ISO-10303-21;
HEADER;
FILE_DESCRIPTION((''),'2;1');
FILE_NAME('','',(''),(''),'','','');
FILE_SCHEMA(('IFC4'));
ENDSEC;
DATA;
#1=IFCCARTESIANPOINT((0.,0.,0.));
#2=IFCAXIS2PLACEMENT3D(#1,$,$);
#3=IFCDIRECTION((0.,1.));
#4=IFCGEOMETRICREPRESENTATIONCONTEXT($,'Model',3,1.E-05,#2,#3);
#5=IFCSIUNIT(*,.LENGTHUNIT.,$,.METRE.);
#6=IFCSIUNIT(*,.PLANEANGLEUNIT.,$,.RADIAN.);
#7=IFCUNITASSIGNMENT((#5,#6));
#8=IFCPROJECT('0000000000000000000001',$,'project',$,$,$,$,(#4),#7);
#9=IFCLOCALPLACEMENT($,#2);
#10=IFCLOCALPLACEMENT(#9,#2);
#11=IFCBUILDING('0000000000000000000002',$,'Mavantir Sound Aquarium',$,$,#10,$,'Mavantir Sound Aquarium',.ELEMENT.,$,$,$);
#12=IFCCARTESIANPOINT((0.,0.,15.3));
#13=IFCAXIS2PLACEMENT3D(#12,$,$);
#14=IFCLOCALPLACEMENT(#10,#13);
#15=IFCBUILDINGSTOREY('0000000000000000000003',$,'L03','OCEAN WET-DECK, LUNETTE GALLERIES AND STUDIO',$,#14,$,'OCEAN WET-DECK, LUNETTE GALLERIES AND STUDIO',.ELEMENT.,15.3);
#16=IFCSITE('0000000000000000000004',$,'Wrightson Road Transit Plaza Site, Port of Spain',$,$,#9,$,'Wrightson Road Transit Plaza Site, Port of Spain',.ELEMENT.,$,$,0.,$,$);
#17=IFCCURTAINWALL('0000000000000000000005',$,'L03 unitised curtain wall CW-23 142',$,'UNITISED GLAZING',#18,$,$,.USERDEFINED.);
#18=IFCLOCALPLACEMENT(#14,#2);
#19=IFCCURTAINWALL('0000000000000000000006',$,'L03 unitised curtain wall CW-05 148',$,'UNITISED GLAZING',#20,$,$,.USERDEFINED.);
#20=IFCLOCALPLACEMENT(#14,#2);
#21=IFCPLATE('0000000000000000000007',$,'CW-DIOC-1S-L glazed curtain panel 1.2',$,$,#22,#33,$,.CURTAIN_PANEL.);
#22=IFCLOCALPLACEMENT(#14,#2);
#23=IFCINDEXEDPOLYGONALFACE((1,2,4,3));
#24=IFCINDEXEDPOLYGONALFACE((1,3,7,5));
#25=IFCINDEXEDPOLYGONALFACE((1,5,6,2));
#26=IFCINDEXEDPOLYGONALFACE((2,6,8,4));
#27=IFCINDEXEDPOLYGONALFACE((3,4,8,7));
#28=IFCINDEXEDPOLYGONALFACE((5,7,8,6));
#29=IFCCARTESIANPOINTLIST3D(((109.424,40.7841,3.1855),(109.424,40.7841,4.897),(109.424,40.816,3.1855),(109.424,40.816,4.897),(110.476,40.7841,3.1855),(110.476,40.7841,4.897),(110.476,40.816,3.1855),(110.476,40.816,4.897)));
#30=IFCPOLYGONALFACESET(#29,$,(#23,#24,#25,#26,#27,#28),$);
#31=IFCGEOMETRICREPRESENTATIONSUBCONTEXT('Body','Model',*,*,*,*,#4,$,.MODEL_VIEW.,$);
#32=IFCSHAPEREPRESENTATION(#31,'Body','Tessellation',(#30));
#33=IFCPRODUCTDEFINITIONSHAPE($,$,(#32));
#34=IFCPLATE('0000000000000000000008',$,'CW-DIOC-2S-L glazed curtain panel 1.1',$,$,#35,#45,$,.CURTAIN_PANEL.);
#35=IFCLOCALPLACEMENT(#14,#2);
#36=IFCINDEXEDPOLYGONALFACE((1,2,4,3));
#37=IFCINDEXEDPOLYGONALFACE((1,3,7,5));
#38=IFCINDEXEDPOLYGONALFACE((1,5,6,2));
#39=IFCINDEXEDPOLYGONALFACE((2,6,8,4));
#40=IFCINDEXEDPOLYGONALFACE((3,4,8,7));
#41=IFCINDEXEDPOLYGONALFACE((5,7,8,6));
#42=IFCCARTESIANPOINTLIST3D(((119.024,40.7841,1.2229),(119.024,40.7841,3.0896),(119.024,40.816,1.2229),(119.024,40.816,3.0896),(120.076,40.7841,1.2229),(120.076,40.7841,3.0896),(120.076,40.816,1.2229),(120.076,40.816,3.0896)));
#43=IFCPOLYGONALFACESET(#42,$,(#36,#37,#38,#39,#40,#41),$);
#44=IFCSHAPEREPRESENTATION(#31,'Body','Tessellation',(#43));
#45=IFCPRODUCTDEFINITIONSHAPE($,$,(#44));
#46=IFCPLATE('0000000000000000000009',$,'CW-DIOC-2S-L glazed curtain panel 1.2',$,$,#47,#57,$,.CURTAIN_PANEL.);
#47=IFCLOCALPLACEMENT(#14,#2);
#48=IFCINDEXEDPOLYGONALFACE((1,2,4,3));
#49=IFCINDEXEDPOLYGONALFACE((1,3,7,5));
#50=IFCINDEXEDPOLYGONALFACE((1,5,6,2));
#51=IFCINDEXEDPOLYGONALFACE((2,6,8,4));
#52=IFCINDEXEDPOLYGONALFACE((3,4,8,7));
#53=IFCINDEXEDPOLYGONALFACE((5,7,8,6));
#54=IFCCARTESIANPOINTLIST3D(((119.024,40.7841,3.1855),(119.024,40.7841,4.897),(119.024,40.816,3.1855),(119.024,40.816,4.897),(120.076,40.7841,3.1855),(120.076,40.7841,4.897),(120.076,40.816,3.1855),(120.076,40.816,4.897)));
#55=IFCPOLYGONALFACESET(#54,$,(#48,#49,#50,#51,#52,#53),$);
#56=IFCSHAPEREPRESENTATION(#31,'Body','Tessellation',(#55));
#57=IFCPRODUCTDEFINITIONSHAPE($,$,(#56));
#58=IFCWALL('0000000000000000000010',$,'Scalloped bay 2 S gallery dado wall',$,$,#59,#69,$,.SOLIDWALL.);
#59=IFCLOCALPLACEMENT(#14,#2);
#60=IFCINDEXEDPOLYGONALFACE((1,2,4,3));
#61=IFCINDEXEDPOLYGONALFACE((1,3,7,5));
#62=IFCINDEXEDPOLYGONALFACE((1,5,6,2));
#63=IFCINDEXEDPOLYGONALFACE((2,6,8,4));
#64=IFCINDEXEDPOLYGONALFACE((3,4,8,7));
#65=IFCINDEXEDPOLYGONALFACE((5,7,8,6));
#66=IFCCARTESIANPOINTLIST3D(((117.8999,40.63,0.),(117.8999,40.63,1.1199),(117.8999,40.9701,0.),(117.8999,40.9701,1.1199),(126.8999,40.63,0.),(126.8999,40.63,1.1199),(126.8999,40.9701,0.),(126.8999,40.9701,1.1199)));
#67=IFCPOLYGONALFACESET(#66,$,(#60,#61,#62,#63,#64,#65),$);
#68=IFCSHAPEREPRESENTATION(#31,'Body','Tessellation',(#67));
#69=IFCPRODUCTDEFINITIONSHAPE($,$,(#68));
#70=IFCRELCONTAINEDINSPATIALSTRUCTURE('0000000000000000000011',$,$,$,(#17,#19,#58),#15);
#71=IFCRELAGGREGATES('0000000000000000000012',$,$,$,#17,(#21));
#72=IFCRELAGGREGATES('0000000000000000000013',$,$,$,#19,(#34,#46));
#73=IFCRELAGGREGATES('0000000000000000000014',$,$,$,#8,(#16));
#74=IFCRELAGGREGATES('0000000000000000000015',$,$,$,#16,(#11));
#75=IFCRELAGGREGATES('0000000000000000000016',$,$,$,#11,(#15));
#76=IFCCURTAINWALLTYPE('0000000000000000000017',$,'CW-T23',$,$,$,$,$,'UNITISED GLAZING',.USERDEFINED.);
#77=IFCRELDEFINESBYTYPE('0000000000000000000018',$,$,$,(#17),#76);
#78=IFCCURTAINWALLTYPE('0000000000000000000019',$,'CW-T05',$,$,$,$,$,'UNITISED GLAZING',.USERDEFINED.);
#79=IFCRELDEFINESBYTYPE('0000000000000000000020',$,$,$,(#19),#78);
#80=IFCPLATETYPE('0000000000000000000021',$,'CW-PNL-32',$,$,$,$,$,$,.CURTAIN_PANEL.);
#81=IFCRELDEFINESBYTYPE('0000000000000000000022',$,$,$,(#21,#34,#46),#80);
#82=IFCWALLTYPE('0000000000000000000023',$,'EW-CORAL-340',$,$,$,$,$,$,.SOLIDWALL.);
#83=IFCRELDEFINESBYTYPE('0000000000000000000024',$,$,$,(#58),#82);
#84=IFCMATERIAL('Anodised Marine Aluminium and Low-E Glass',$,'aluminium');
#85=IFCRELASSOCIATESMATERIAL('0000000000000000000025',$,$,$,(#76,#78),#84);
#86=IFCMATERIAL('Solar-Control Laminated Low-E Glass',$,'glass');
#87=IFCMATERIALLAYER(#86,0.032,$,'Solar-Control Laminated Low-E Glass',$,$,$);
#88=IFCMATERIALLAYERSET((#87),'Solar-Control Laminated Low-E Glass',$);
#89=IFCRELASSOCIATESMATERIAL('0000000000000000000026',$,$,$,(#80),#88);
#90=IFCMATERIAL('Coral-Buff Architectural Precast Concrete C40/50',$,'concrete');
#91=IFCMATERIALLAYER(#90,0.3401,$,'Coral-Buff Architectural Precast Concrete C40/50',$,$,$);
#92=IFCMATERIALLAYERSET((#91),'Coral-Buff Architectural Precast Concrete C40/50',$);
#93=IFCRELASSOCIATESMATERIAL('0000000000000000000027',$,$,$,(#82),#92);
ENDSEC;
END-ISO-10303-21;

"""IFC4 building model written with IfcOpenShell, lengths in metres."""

from ifc_helpers import new_model, si_unit, direction, frame, frame_2d, origin, origin_2d, place, context, subcontext, project, spatial, rectangle, extrude, material, layer, layer_set, type_object, element, aggregate, save


model = new_model("IFC4")

# Units and contexts
model_context = context("Model", 3, precision=1e-05, world=origin(), true_north=direction((0.0, 1.0)))
body_context = subcontext(model_context, "Body", "Model", "MODEL_VIEW")
ifc_project = project(units=[si_unit("LENGTHUNIT", "METRE"), si_unit("PLANEANGLEUNIT", "RADIAN")], contexts=[model_context])

# Site, building, storey
site_placement = place(None, origin())
site = spatial("IfcSite", under=ifc_project, at=site_placement, Name="Wrightson Road Transit Plaza Site, Port of Spain", LongName="Wrightson Road Transit Plaza Site, Port of Spain", CompositionType="ELEMENT", RefElevation=0.0)
building_placement = place(site_placement, origin())
building = spatial("IfcBuilding", under=site, at=building_placement, Name="Mavantir Sound Aquarium", LongName="Mavantir Sound Aquarium", CompositionType="ELEMENT")
storey_placement = place(building_placement, frame((0.0, 0.0, 15.3)))
storey = spatial("IfcBuildingStorey", under=building, at=storey_placement, Name="L03", Description="OCEAN WET-DECK, LUNETTE GALLERIES AND STUDIO", LongName="OCEAN WET-DECK, LUNETTE GALLERIES AND STUDIO", CompositionType="ELEMENT", Elevation=15.3)

# Shared definitions
ifc_material_1 = material(Name="Anodised Marine Aluminium and Low-E Glass", Category="aluminium")

# Curtain wall
curtain_wall_type_1 = type_object("IfcCurtainWallType", Name="CW-T23", ElementType="UNITISED GLAZING", PredefinedType="USERDEFINED", material=ifc_material_1)
curtain_wall_1_placement = place(storey_placement, origin())
curtain_wall_1 = element("IfcCurtainWall", 1, at=curtain_wall_1_placement, inside=storey, type_object=curtain_wall_type_1, Name="L03 unitised curtain wall CW-23 142", ObjectType="UNITISED GLAZING", PredefinedType="USERDEFINED")

# Curtain wall
curtain_wall_type_2 = type_object("IfcCurtainWallType", Name="CW-T05", ElementType="UNITISED GLAZING", PredefinedType="USERDEFINED", material=ifc_material_1)
curtain_wall_2_placement = place(storey_placement, origin())
curtain_wall_2 = element("IfcCurtainWall", 2, at=curtain_wall_2_placement, inside=storey, type_object=curtain_wall_type_2, Name="L03 unitised curtain wall CW-05 148", ObjectType="UNITISED GLAZING", PredefinedType="USERDEFINED")

# Plates
ifc_material_2 = material(Name="Solar-Control Laminated Low-E Glass", Category="glass")
ifc_layer_1 = layer(ifc_material_2, 0.032, Name="Solar-Control Laminated Low-E Glass")
ifc_layer_set_1 = layer_set([ifc_layer_1], Name="Solar-Control Laminated Low-E Glass")
plate_type_1 = type_object("IfcPlateType", Name="CW-PNL-32", PredefinedType="CURTAIN_PANEL", material=ifc_layer_set_1)
plate_1_placement = place(storey_placement, frame((109.95, 40.8, 3.1855), z_axis=(0.0, 0.0, 1.0), x_axis=(1.0, 0.0, 0.0)))
plate_1 = element("IfcPlate", 3, at=plate_1_placement, type_object=plate_type_1, Name="CW-DIOC-1S-L glazed curtain panel 1.2", PredefinedType="CURTAIN_PANEL", context=body_context, shape_type="SweptSolid", body=[
    extrude(rectangle(XDim=1.052, YDim=0.032, at=origin_2d()), origin(), (0.0, 0.0, 1.0), 1.7114),
])
aggregate(curtain_wall_1, [plate_1])
plate_2_placement = place(storey_placement, frame((119.55, 40.8, 1.2229), z_axis=(0.0, 0.0, 1.0), x_axis=(1.0, 0.0, 0.0)))
plate_2 = element("IfcPlate", 4, at=plate_2_placement, type_object=plate_type_1, Name="CW-DIOC-2S-L glazed curtain panel 1.1", PredefinedType="CURTAIN_PANEL", context=body_context, shape_type="SweptSolid", body=[
    extrude(rectangle(XDim=1.052, YDim=0.032, at=origin_2d()), origin(), (0.0, 0.0, 1.0), 1.8667),
])
plate_3_placement = place(storey_placement, frame((119.55, 40.8, 3.1855), z_axis=(0.0, 0.0, 1.0), x_axis=(1.0, 0.0, 0.0)))
plate_3 = element("IfcPlate", 5, at=plate_3_placement, type_object=plate_type_1, Name="CW-DIOC-2S-L glazed curtain panel 1.2", PredefinedType="CURTAIN_PANEL", context=body_context, shape_type="SweptSolid", body=[
    extrude(rectangle(XDim=1.052, YDim=0.032, at=origin_2d()), origin(), (0.0, 0.0, 1.0), 1.7114),
])
aggregate(curtain_wall_2, [plate_2, plate_3])

# Wall
ifc_material_3 = material(Name="Coral-Buff Architectural Precast Concrete C40/50", Category="concrete")
ifc_layer_2 = layer(ifc_material_3, 0.3401, Name="Coral-Buff Architectural Precast Concrete C40/50")
ifc_layer_set_2 = layer_set([ifc_layer_2], Name="Coral-Buff Architectural Precast Concrete C40/50")
wall_type = type_object("IfcWallType", Name="EW-CORAL-340", PredefinedType="SOLIDWALL", material=ifc_layer_set_2)
wall_placement = place(storey_placement, frame((117.8999, 40.8, 0.0), z_axis=(0.0, 0.0, 1.0), x_axis=(1.0, 0.0, 0.0)))
element("IfcWall", 6, at=wall_placement, inside=storey, type_object=wall_type, Name="Scalloped bay 2 S gallery dado wall", PredefinedType="SOLIDWALL", context=body_context, shape_type="SweptSolid", body=[
    extrude(rectangle(XDim=9.0, YDim=0.3401, at=frame_2d((4.5, 0.0))), origin(), (0.0, 0.0, 1.0), 1.1199),
])

save(model, "model.ifc")
